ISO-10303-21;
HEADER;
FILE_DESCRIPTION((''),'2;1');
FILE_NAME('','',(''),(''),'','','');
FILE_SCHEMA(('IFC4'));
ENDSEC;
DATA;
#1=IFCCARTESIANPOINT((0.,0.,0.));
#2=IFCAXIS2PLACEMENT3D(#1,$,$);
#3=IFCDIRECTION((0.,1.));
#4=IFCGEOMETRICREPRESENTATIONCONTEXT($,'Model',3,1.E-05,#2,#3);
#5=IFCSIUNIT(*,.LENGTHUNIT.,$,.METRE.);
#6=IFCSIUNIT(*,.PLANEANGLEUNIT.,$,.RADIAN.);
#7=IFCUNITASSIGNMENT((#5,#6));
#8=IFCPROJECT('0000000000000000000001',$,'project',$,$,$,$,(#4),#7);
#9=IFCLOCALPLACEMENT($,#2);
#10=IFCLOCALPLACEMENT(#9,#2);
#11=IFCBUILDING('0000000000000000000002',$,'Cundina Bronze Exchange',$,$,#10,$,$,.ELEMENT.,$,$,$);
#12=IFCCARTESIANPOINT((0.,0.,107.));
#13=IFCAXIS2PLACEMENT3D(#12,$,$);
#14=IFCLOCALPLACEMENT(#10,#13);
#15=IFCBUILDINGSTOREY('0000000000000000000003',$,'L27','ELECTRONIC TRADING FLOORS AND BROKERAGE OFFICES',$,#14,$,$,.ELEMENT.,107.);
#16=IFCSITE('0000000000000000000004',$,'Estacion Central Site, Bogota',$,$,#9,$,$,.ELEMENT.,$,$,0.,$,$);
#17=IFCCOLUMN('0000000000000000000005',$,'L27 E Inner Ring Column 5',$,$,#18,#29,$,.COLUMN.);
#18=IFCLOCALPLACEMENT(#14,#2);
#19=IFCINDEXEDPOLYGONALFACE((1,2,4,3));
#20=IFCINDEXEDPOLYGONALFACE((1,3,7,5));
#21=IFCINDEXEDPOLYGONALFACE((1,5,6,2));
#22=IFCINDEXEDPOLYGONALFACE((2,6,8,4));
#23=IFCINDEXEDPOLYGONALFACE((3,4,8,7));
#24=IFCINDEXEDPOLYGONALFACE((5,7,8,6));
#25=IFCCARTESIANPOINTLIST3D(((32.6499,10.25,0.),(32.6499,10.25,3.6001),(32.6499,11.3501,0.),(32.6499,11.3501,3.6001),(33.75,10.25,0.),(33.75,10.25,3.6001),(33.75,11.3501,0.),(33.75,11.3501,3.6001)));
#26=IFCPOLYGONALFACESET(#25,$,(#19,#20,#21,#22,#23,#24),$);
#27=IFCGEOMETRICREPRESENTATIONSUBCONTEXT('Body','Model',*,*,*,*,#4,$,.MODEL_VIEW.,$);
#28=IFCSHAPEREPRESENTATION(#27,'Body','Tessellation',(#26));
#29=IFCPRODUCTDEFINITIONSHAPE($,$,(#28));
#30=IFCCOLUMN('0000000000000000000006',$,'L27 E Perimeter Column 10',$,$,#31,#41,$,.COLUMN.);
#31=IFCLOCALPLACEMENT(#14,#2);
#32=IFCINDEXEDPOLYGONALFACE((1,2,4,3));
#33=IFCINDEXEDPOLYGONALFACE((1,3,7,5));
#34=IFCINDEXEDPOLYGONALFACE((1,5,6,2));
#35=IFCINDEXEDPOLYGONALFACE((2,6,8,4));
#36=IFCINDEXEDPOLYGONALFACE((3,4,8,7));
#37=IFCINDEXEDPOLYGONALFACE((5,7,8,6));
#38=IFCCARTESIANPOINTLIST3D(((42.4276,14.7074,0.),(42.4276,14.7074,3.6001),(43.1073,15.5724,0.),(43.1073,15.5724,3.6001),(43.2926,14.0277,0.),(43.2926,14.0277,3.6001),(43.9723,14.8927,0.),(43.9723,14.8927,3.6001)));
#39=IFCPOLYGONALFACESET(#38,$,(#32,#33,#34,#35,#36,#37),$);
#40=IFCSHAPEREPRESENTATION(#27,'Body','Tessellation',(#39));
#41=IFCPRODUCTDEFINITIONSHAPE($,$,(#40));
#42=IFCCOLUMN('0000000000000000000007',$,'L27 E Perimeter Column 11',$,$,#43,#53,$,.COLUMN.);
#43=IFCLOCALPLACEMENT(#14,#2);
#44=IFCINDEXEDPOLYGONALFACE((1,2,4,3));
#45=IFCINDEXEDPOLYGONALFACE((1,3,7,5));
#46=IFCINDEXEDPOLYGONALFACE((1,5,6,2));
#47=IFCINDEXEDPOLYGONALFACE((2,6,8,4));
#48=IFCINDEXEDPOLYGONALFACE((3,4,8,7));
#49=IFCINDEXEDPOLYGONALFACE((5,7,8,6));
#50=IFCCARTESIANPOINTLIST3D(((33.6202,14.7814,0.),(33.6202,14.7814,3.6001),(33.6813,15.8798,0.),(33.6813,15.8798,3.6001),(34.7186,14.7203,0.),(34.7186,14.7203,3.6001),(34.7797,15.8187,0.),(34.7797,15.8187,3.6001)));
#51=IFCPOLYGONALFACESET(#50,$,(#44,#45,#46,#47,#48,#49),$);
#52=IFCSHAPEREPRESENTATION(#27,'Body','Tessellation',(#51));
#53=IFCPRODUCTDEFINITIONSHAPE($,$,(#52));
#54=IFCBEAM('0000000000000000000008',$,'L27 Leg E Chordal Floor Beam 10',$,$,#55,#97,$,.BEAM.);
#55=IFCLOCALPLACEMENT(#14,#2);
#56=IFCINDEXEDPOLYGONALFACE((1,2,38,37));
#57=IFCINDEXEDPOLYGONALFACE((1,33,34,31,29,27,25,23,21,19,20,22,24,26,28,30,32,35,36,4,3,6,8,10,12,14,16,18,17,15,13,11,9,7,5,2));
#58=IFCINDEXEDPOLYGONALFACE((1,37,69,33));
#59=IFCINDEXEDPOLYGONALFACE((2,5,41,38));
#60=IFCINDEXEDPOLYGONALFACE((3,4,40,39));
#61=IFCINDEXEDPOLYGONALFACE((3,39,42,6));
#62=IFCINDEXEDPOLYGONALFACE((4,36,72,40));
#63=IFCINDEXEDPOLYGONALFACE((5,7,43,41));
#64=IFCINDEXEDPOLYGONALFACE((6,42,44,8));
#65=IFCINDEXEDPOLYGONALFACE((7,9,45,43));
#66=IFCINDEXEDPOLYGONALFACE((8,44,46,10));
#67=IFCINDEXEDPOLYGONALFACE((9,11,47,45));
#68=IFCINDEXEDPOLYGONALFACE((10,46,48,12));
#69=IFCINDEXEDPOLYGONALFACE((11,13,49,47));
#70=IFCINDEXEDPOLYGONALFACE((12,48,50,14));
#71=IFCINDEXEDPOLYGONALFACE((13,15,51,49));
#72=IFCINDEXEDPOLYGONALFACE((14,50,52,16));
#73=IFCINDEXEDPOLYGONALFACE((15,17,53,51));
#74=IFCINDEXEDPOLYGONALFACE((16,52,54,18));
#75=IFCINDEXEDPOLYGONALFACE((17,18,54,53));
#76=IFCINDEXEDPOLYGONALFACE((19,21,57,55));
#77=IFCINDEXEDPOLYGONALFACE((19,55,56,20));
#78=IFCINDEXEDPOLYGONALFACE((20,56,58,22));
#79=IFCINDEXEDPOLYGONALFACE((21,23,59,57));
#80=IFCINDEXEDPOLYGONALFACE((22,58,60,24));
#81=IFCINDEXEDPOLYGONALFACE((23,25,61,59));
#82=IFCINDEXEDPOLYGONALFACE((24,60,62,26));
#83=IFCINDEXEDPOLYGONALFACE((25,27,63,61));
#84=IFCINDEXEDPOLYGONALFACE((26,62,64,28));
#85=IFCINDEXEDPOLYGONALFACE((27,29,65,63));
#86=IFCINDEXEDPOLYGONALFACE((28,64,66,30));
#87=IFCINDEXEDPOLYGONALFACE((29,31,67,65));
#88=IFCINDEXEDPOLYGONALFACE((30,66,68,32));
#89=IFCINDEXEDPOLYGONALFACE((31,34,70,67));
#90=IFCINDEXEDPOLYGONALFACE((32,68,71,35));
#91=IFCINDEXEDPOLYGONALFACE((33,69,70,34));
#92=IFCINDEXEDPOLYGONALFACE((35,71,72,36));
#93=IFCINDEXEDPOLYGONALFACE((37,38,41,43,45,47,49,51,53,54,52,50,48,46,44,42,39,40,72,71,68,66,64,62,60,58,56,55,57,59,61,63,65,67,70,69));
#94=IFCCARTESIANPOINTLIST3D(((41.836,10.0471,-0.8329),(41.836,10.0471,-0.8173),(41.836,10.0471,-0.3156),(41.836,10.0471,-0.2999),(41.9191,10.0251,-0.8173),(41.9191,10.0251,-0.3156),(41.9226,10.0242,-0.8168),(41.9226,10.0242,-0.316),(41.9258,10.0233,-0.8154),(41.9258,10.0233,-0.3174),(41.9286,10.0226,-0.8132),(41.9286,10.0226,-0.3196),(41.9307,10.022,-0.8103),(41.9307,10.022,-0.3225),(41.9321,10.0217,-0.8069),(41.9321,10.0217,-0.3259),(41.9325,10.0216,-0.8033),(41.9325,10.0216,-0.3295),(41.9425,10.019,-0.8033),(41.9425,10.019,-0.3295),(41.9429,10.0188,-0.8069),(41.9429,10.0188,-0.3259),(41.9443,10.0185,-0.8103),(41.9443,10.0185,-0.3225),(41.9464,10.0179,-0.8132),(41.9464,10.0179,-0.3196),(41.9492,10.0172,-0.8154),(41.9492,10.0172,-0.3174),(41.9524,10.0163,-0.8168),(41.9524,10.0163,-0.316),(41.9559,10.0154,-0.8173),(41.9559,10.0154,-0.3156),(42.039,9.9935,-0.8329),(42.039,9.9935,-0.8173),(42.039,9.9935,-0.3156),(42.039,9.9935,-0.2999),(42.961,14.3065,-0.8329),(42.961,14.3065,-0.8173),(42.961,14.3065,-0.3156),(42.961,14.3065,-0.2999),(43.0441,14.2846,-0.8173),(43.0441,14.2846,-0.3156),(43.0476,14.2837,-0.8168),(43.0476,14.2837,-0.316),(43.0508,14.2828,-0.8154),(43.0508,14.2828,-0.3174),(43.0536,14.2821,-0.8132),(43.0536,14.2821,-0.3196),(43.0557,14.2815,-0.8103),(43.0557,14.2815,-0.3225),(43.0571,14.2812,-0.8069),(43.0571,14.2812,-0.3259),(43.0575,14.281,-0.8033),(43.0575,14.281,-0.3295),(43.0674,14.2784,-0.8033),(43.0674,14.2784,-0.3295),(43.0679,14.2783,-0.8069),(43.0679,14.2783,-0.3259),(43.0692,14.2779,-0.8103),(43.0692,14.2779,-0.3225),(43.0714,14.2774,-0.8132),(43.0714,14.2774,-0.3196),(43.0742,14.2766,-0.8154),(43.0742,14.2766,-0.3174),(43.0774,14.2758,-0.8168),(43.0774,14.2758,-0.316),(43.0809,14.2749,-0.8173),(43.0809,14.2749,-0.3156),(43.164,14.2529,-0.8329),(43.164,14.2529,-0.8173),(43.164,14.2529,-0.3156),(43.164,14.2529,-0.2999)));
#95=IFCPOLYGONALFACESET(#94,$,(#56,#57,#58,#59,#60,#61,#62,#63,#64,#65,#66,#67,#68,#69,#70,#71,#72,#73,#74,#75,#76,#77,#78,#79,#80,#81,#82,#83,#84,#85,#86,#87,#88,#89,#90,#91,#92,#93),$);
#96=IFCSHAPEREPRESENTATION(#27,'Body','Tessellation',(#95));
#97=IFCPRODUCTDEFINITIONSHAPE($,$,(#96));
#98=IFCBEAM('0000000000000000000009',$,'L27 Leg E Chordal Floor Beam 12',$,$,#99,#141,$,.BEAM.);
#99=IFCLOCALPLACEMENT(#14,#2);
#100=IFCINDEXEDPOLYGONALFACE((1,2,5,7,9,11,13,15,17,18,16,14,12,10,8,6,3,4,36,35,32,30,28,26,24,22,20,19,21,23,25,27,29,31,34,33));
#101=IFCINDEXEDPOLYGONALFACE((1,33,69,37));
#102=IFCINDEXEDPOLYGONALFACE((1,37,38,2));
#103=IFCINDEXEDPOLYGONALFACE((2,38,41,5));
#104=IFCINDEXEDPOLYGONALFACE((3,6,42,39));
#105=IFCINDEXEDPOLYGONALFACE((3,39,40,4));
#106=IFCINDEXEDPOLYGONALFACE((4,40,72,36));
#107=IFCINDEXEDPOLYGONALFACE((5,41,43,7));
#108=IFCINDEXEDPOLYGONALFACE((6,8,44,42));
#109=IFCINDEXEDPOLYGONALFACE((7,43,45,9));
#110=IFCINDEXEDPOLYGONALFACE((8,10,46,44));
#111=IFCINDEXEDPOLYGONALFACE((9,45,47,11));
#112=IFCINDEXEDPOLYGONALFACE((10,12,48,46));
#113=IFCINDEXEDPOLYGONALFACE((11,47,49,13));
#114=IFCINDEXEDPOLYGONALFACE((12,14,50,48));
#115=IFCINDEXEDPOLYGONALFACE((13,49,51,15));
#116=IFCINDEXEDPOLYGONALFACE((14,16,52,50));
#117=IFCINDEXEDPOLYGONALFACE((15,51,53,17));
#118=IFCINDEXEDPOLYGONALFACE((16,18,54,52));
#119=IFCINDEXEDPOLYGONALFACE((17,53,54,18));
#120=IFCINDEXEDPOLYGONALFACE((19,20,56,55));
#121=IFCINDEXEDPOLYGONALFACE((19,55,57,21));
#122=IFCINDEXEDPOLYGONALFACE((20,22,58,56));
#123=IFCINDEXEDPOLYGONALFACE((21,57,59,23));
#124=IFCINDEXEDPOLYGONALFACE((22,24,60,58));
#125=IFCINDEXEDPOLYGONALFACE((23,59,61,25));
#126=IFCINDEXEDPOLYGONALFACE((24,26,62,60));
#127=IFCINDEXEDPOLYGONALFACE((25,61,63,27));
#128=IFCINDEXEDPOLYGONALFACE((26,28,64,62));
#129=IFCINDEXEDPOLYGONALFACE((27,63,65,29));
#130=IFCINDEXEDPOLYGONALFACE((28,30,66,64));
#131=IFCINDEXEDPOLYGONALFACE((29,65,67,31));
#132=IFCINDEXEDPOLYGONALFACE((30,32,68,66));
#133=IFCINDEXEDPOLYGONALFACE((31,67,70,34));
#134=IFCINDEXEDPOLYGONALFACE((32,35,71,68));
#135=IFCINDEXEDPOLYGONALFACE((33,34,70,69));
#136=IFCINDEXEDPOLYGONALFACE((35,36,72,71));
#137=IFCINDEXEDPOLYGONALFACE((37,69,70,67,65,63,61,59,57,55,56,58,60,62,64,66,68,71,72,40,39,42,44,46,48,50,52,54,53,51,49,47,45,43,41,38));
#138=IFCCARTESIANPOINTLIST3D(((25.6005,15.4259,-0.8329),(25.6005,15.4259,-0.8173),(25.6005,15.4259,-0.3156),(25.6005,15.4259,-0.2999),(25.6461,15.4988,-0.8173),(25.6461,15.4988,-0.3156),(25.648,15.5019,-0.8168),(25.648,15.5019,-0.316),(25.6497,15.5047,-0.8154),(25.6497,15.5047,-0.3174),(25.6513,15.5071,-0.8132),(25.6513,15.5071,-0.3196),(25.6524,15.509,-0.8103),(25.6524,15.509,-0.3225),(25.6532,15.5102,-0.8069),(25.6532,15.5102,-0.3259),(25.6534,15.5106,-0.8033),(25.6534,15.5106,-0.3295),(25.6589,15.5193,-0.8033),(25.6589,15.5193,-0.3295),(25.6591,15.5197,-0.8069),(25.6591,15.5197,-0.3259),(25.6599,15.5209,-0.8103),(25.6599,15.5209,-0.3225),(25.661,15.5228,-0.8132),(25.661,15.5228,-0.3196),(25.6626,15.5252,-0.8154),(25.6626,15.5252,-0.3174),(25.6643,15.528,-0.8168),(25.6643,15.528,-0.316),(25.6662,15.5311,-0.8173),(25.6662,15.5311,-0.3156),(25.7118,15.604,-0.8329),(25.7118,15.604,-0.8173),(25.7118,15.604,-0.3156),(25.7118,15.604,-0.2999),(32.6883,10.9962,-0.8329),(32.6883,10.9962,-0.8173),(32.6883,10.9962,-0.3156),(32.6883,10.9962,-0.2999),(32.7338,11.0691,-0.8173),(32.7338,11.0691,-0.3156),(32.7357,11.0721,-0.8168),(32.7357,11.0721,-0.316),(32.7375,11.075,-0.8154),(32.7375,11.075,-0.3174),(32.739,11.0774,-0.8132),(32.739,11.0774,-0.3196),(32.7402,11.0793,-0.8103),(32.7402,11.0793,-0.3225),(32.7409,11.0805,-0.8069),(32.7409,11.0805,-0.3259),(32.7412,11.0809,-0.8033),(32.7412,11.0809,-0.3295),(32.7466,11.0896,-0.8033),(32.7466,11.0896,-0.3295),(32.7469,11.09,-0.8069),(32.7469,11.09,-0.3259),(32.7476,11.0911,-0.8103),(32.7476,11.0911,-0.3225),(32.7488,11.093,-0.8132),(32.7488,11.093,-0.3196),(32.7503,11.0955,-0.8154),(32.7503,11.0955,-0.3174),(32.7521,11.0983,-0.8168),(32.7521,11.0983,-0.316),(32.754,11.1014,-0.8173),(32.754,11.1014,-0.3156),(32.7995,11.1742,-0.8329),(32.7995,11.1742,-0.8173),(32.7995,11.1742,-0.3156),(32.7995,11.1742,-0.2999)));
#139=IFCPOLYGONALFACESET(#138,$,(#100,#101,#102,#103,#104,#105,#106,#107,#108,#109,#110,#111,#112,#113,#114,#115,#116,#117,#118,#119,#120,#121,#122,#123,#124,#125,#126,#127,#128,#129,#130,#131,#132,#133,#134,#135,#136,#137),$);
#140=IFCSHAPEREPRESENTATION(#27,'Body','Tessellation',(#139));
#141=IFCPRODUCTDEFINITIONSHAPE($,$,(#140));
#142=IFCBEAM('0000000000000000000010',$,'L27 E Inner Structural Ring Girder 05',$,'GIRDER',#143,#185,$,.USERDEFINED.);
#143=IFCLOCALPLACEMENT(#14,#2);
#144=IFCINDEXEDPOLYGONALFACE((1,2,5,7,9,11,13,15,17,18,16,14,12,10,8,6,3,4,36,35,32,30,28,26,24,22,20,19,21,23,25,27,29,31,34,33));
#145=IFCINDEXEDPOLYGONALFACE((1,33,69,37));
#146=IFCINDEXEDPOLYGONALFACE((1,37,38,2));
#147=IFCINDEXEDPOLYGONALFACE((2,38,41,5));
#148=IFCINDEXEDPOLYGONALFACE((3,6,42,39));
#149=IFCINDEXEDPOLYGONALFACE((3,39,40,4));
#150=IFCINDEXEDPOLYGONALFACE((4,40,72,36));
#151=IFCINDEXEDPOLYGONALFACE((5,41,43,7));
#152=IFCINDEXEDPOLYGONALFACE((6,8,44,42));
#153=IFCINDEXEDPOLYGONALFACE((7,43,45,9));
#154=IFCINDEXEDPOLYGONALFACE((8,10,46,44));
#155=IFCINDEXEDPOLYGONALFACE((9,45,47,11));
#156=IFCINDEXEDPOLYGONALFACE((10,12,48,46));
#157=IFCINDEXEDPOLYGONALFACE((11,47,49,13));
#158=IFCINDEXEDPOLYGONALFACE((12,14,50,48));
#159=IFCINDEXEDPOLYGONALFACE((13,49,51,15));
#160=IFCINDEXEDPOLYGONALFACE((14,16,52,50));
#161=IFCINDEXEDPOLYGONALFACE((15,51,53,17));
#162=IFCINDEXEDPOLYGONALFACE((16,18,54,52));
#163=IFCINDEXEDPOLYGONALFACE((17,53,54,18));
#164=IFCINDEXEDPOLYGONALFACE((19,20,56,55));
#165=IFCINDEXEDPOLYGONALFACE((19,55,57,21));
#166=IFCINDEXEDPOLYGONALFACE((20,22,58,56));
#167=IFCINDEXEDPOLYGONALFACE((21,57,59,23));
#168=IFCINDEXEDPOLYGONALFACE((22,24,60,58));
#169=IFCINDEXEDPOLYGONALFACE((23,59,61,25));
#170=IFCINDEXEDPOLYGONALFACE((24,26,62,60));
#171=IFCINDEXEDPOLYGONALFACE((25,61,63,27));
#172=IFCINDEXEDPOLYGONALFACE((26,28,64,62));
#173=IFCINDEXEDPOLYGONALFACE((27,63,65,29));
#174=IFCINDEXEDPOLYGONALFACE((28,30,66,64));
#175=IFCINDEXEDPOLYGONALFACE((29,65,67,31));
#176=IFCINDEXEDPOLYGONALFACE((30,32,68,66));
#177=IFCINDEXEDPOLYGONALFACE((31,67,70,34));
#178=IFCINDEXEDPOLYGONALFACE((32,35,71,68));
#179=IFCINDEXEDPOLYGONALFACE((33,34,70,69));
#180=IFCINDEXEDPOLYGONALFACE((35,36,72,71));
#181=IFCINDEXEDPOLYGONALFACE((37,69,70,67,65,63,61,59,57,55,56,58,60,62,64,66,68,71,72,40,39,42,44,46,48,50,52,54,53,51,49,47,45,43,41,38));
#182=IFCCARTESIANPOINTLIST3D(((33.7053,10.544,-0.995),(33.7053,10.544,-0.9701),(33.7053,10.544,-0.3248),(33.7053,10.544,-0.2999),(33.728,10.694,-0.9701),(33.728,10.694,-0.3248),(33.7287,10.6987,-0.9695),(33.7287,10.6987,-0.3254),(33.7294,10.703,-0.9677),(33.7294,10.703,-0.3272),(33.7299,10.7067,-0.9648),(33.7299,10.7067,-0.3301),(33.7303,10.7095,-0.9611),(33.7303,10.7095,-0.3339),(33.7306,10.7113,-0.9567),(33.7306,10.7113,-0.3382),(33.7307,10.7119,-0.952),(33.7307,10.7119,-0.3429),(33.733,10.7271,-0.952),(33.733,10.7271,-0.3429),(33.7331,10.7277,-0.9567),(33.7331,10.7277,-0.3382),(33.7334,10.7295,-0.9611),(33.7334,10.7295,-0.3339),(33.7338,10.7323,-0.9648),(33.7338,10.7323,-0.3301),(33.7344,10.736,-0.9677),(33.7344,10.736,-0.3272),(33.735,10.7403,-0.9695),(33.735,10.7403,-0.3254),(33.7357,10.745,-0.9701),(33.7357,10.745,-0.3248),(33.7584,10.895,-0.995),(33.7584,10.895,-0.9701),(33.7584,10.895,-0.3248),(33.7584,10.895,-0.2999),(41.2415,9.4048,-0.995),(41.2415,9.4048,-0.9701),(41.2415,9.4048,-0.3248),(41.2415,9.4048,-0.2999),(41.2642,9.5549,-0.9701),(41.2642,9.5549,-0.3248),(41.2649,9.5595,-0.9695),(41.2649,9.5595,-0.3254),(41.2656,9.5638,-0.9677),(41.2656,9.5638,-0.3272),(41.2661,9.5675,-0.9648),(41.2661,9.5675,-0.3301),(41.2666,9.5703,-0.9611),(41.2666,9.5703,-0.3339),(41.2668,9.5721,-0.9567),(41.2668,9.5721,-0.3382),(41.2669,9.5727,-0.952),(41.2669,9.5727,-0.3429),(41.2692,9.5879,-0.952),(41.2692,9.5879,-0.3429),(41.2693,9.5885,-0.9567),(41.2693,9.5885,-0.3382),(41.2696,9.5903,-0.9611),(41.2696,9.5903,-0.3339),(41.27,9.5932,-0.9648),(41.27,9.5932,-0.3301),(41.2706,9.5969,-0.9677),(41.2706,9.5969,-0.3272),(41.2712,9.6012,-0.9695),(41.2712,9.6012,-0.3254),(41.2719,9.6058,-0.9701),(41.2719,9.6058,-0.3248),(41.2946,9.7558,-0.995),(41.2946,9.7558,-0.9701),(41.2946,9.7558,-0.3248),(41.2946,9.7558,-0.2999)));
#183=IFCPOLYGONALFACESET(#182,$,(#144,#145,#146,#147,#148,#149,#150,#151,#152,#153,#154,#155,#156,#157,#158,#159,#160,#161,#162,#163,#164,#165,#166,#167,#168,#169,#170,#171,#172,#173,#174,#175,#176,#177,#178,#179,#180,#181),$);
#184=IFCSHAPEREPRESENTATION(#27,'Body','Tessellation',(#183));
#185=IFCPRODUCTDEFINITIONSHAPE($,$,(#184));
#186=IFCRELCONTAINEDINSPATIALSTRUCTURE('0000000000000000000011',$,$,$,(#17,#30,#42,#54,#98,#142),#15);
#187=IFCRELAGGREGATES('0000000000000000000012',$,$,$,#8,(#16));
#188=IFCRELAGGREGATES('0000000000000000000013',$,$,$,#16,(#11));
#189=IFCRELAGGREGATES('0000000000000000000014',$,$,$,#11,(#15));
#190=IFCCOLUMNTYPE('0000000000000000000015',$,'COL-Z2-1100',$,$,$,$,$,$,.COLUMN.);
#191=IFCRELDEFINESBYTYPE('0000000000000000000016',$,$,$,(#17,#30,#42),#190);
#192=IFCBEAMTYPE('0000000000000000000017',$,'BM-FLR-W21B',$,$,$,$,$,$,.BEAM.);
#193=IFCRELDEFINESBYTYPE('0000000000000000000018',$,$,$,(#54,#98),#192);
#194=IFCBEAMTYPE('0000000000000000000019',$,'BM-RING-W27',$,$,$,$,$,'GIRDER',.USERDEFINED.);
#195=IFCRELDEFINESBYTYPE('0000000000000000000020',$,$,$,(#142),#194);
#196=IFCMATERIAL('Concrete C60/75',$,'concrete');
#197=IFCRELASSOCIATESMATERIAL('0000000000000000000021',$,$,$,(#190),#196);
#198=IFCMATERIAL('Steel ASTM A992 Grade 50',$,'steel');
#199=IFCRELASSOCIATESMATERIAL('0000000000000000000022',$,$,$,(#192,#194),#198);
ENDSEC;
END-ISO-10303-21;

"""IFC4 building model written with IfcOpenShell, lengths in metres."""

from ifc_helpers import new_model, si_unit, direction, frame, origin, origin_2d, place, context, subcontext, project, spatial, rectangle, i_section, extrude, material, material_profile, profile_set, type_object, element, save


model = new_model("IFC4")

# Units and contexts
model_context = context("Model", 3, precision=1e-05, world=origin(), true_north=direction((0.0, 1.0)))
body_context = subcontext(model_context, "Body", "Model", "MODEL_VIEW")
ifc_project = project(units=[si_unit("LENGTHUNIT", "METRE"), si_unit("PLANEANGLEUNIT", "RADIAN")], contexts=[model_context])

# Site, building, storey
site_placement = place(None, origin())
site = spatial("IfcSite", under=ifc_project, at=site_placement, Name="Estacion Central Site, Bogota", CompositionType="ELEMENT", RefElevation=0.0)
building_placement = place(site_placement, origin())
building = spatial("IfcBuilding", under=site, at=building_placement, Name="Cundina Bronze Exchange", CompositionType="ELEMENT")
storey_placement = place(building_placement, frame((0.0, 0.0, 107.0)))
storey = spatial("IfcBuildingStorey", under=building, at=storey_placement, Name="L27", Description="ELECTRONIC TRADING FLOORS AND BROKERAGE OFFICES", CompositionType="ELEMENT", Elevation=107.0)

# Columns
ifc_material_1 = material(Name="Concrete C60/75", Category="concrete")
ifc_material_profile_1 = material_profile(ifc_material_1, rectangle(XDim=1.1001, YDim=1.1001, at=origin_2d()), Name="RC1100X1100", Category="concrete")
ifc_profile_set_1 = profile_set([ifc_material_profile_1], Name="Concrete C60/75")
column_type = type_object("IfcColumnType", Name="COL-Z2-1100", PredefinedType="COLUMN", material=ifc_profile_set_1)
for number, where, z_axis, x_axis, name in (
    (1, (33.2, 10.8, 0.0), (0.0, 0.0, 1.0), (1.0, 0.0, 0.0), "L27 E Inner Ring Column 5"),
    (2, (43.2, 14.8, 0.0), (0.0, 0.0, 1.0), (-0.786288, 0.61786, 0.0), "L27 E Perimeter Column 10"),
    (3, (34.2, 15.3, 0.0), (0.0, 0.0, 1.0), (-0.99846, 0.055473, 0.0), "L27 E Perimeter Column 11"),
):
    element("IfcColumn", number, at=place(storey_placement, frame(where, z_axis=z_axis, x_axis=x_axis)), inside=storey, type_object=column_type, Name=name, PredefinedType="COLUMN", context=body_context, shape_type="SweptSolid", body=[
        extrude(rectangle(XDim=1.1001, YDim=1.1001, at=origin_2d()), origin(), (0.0, 0.0, 1.0), 3.6001),
    ])

# Beams
ifc_material_2 = material(Name="Steel ASTM A992 Grade 50", Category="steel")
ifc_material_profile_2 = material_profile(ifc_material_2, i_section(OverallWidth=0.21, OverallDepth=0.533, WebThickness=0.0103, FlangeThickness=0.0156, FilletRadius=0.0139, at=origin_2d()), Name="W21X62", Category="steel")
ifc_profile_set_2 = profile_set([ifc_material_profile_2], Name="Steel ASTM A992 Grade 50")
beam_type_1 = type_object("IfcBeamType", Name="BM-FLR-W21B", PredefinedType="BEAM", material=ifc_profile_set_2)
beam_1_placement = place(storey_placement, frame((41.9375, 10.0203, -0.5664), z_axis=(0.255358, 0.966847, 0.0), x_axis=(-0.966847, 0.255358, 0.0)))
element("IfcBeam", 4, at=beam_1_placement, inside=storey, type_object=beam_type_1, Name="L27 Leg E Chordal Floor Beam 10", PredefinedType="BEAM", context=body_context, shape_type="SweptSolid", body=[
    extrude(i_section(OverallWidth=0.21, OverallDepth=0.533, WebThickness=0.0103, FlangeThickness=0.0156, FilletRadius=0.0139, at=origin_2d()), origin(), (0.0, 0.0, 1.0), 4.4055),
])
beam_2_placement = place(storey_placement, frame((32.7439, 11.0852, -0.5664), z_axis=(-0.848003, 0.529991, 0.0), x_axis=(-0.529991, -0.848003, 0.0)))
element("IfcBeam", 5, at=beam_2_placement, inside=storey, type_object=beam_type_1, Name="L27 Leg E Chordal Floor Beam 12", PredefinedType="BEAM", context=body_context, shape_type="SweptSolid", body=[
    extrude(i_section(OverallWidth=0.21, OverallDepth=0.533, WebThickness=0.0103, FlangeThickness=0.0156, FilletRadius=0.0139, at=origin_2d()), origin(), (0.0, 0.0, 1.0), 8.3582),
])
ifc_material_profile_3 = material_profile(ifc_material_2, i_section(OverallWidth=0.355, OverallDepth=0.6951, WebThickness=0.0154, FlangeThickness=0.0249, FilletRadius=0.0181, at=origin_2d()), Name="W27X146", Category="steel")
ifc_profile_set_3 = profile_set([ifc_material_profile_3], Name="Steel ASTM A992 Grade 50")
beam_type_2 = type_object("IfcBeamType", Name="BM-RING-W27", ElementType="GIRDER", PredefinedType="USERDEFINED", material=ifc_profile_set_3)
beam_3_placement = place(storey_placement, frame((41.2681, 9.5803, -0.6475), z_axis=(-0.988767, 0.149462, 0.0), x_axis=(-0.149462, -0.988767, 0.0)))
element("IfcBeam", 6, at=beam_3_placement, inside=storey, type_object=beam_type_2, Name="L27 E Inner Structural Ring Girder 05", ObjectType="GIRDER", PredefinedType="USERDEFINED", context=body_context, shape_type="SweptSolid", body=[
    extrude(i_section(OverallWidth=0.355, OverallDepth=0.6951, WebThickness=0.0154, FlangeThickness=0.0249, FilletRadius=0.0181, at=origin_2d()), origin(), (0.0, 0.0, 1.0), 7.6218),
])

save(model, "model.ifc")
